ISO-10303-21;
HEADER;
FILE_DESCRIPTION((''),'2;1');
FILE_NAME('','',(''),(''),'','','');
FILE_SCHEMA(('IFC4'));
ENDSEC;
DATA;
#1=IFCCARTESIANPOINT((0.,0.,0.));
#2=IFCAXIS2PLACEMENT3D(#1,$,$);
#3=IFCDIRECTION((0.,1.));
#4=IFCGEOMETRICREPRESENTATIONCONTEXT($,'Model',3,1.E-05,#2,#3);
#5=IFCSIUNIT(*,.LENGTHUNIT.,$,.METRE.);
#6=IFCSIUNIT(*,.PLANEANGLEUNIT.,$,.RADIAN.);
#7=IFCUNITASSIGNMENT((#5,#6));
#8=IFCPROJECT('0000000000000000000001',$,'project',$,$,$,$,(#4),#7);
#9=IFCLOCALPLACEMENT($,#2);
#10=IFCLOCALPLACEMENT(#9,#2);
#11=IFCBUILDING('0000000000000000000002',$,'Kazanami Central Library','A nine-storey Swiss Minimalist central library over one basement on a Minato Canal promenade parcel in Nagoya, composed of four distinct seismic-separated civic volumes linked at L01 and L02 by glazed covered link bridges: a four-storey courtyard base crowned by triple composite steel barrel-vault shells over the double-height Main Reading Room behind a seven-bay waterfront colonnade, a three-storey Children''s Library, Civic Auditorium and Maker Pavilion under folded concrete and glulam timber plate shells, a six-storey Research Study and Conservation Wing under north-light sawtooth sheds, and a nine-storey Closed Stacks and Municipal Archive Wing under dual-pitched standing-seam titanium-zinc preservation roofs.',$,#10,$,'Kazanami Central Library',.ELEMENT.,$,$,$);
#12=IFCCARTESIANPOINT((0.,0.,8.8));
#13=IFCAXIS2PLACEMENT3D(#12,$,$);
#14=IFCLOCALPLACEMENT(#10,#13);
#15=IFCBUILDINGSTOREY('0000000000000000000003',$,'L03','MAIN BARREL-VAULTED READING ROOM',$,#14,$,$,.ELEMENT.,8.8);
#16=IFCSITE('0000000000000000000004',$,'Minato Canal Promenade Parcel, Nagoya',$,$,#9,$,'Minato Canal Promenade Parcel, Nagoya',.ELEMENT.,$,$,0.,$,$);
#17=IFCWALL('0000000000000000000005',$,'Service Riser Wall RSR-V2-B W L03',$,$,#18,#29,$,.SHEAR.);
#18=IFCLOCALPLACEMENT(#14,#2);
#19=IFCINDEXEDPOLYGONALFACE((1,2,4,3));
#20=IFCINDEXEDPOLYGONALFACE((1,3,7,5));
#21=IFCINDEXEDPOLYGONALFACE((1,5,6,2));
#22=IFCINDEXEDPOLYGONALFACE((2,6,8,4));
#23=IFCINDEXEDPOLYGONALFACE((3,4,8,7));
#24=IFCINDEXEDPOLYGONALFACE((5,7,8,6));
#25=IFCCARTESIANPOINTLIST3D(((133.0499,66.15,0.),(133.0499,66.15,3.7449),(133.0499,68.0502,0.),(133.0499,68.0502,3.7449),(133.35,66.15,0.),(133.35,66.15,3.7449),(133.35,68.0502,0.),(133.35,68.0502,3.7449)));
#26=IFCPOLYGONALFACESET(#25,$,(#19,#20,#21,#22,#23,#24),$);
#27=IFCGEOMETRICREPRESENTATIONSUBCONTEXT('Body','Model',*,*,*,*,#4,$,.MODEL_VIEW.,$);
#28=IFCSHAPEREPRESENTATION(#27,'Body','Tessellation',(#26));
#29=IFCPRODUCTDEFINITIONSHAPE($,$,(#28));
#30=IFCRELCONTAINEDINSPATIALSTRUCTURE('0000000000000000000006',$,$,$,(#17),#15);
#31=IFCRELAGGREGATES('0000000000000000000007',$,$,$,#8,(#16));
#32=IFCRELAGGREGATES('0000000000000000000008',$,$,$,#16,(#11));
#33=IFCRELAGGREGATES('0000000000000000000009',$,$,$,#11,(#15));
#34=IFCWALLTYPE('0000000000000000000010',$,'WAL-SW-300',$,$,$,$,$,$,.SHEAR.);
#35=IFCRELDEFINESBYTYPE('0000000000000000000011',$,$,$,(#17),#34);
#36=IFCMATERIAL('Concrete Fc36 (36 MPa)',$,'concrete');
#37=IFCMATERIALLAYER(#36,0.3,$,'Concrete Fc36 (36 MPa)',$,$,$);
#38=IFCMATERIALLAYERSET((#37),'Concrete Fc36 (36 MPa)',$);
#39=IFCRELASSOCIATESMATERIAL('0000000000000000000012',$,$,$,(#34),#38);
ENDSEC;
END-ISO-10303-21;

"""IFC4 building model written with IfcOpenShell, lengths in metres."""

from ifc_helpers import new_model, si_unit, direction, frame, frame_2d, origin, place, context, subcontext, project, spatial, rectangle, extrude, material, layer, layer_set, type_object, element, save


model = new_model("IFC4")

# Units and contexts
model_context = context("Model", 3, precision=1e-05, world=origin(), true_north=direction((0.0, 1.0)))
body_context = subcontext(model_context, "Body", "Model", "MODEL_VIEW")
ifc_project = project(units=[si_unit("LENGTHUNIT", "METRE"), si_unit("PLANEANGLEUNIT", "RADIAN")], contexts=[model_context])

# Site, building, storey
site_placement = place(None, origin())
site = spatial("IfcSite", under=ifc_project, at=site_placement, Name="Minato Canal Promenade Parcel, Nagoya", LongName="Minato Canal Promenade Parcel, Nagoya", CompositionType="ELEMENT", RefElevation=0.0)
building_placement = place(site_placement, origin())
building = spatial("IfcBuilding", under=site, at=building_placement, Name="Kazanami Central Library", Description="A nine-storey Swiss Minimalist central library over one basement on a Minato Canal promenade parcel in Nagoya, composed of four distinct seismic-separated civic volumes linked at L01 and L02 by glazed covered link bridges: a four-storey courtyard base crowned by triple composite steel barrel-vault shells over the double-height Main Reading Room behind a seven-bay waterfront colonnade, a three-storey Children's Library, Civic Auditorium and Maker Pavilion under folded concrete and glulam timber plate shells, a six-storey Research Study and Conservation Wing under north-light sawtooth sheds, and a nine-storey Closed Stacks and Municipal Archive Wing under dual-pitched standing-seam titanium-zinc preservation roofs.", LongName="Kazanami Central Library", CompositionType="ELEMENT")
storey_placement = place(building_placement, frame((0.0, 0.0, 8.8)))
storey = spatial("IfcBuildingStorey", under=building, at=storey_placement, Name="L03", Description="MAIN BARREL-VAULTED READING ROOM", CompositionType="ELEMENT", Elevation=8.8)

# Wall
ifc_material_1 = material(Name="Concrete Fc36 (36 MPa)", Category="concrete")
ifc_layer_1 = layer(ifc_material_1, 0.3, Name="Concrete Fc36 (36 MPa)")
ifc_layer_set_1 = layer_set([ifc_layer_1], Name="Concrete Fc36 (36 MPa)")
wall_type_1 = type_object("IfcWallType", Name="WAL-SW-300", PredefinedType="SHEAR", material=ifc_layer_set_1)
wall_1_placement = place(storey_placement, frame((133.2, 66.1499, 0.0), z_axis=(0.0, 0.0, 1.0), x_axis=(0.0, 1.0, 0.0)))
element("IfcWall", 1, at=wall_1_placement, inside=storey, type_object=wall_type_1, Name="Service Riser Wall RSR-V2-B W L03", PredefinedType="SHEAR", context=body_context, shape_type="SweptSolid", body=[
    extrude(rectangle(XDim=1.9001, YDim=0.3, at=frame_2d((0.9502, 0.0))), origin(), (0.0, 0.0, 1.0), 3.7449),
])

save(model, "model.ifc")
